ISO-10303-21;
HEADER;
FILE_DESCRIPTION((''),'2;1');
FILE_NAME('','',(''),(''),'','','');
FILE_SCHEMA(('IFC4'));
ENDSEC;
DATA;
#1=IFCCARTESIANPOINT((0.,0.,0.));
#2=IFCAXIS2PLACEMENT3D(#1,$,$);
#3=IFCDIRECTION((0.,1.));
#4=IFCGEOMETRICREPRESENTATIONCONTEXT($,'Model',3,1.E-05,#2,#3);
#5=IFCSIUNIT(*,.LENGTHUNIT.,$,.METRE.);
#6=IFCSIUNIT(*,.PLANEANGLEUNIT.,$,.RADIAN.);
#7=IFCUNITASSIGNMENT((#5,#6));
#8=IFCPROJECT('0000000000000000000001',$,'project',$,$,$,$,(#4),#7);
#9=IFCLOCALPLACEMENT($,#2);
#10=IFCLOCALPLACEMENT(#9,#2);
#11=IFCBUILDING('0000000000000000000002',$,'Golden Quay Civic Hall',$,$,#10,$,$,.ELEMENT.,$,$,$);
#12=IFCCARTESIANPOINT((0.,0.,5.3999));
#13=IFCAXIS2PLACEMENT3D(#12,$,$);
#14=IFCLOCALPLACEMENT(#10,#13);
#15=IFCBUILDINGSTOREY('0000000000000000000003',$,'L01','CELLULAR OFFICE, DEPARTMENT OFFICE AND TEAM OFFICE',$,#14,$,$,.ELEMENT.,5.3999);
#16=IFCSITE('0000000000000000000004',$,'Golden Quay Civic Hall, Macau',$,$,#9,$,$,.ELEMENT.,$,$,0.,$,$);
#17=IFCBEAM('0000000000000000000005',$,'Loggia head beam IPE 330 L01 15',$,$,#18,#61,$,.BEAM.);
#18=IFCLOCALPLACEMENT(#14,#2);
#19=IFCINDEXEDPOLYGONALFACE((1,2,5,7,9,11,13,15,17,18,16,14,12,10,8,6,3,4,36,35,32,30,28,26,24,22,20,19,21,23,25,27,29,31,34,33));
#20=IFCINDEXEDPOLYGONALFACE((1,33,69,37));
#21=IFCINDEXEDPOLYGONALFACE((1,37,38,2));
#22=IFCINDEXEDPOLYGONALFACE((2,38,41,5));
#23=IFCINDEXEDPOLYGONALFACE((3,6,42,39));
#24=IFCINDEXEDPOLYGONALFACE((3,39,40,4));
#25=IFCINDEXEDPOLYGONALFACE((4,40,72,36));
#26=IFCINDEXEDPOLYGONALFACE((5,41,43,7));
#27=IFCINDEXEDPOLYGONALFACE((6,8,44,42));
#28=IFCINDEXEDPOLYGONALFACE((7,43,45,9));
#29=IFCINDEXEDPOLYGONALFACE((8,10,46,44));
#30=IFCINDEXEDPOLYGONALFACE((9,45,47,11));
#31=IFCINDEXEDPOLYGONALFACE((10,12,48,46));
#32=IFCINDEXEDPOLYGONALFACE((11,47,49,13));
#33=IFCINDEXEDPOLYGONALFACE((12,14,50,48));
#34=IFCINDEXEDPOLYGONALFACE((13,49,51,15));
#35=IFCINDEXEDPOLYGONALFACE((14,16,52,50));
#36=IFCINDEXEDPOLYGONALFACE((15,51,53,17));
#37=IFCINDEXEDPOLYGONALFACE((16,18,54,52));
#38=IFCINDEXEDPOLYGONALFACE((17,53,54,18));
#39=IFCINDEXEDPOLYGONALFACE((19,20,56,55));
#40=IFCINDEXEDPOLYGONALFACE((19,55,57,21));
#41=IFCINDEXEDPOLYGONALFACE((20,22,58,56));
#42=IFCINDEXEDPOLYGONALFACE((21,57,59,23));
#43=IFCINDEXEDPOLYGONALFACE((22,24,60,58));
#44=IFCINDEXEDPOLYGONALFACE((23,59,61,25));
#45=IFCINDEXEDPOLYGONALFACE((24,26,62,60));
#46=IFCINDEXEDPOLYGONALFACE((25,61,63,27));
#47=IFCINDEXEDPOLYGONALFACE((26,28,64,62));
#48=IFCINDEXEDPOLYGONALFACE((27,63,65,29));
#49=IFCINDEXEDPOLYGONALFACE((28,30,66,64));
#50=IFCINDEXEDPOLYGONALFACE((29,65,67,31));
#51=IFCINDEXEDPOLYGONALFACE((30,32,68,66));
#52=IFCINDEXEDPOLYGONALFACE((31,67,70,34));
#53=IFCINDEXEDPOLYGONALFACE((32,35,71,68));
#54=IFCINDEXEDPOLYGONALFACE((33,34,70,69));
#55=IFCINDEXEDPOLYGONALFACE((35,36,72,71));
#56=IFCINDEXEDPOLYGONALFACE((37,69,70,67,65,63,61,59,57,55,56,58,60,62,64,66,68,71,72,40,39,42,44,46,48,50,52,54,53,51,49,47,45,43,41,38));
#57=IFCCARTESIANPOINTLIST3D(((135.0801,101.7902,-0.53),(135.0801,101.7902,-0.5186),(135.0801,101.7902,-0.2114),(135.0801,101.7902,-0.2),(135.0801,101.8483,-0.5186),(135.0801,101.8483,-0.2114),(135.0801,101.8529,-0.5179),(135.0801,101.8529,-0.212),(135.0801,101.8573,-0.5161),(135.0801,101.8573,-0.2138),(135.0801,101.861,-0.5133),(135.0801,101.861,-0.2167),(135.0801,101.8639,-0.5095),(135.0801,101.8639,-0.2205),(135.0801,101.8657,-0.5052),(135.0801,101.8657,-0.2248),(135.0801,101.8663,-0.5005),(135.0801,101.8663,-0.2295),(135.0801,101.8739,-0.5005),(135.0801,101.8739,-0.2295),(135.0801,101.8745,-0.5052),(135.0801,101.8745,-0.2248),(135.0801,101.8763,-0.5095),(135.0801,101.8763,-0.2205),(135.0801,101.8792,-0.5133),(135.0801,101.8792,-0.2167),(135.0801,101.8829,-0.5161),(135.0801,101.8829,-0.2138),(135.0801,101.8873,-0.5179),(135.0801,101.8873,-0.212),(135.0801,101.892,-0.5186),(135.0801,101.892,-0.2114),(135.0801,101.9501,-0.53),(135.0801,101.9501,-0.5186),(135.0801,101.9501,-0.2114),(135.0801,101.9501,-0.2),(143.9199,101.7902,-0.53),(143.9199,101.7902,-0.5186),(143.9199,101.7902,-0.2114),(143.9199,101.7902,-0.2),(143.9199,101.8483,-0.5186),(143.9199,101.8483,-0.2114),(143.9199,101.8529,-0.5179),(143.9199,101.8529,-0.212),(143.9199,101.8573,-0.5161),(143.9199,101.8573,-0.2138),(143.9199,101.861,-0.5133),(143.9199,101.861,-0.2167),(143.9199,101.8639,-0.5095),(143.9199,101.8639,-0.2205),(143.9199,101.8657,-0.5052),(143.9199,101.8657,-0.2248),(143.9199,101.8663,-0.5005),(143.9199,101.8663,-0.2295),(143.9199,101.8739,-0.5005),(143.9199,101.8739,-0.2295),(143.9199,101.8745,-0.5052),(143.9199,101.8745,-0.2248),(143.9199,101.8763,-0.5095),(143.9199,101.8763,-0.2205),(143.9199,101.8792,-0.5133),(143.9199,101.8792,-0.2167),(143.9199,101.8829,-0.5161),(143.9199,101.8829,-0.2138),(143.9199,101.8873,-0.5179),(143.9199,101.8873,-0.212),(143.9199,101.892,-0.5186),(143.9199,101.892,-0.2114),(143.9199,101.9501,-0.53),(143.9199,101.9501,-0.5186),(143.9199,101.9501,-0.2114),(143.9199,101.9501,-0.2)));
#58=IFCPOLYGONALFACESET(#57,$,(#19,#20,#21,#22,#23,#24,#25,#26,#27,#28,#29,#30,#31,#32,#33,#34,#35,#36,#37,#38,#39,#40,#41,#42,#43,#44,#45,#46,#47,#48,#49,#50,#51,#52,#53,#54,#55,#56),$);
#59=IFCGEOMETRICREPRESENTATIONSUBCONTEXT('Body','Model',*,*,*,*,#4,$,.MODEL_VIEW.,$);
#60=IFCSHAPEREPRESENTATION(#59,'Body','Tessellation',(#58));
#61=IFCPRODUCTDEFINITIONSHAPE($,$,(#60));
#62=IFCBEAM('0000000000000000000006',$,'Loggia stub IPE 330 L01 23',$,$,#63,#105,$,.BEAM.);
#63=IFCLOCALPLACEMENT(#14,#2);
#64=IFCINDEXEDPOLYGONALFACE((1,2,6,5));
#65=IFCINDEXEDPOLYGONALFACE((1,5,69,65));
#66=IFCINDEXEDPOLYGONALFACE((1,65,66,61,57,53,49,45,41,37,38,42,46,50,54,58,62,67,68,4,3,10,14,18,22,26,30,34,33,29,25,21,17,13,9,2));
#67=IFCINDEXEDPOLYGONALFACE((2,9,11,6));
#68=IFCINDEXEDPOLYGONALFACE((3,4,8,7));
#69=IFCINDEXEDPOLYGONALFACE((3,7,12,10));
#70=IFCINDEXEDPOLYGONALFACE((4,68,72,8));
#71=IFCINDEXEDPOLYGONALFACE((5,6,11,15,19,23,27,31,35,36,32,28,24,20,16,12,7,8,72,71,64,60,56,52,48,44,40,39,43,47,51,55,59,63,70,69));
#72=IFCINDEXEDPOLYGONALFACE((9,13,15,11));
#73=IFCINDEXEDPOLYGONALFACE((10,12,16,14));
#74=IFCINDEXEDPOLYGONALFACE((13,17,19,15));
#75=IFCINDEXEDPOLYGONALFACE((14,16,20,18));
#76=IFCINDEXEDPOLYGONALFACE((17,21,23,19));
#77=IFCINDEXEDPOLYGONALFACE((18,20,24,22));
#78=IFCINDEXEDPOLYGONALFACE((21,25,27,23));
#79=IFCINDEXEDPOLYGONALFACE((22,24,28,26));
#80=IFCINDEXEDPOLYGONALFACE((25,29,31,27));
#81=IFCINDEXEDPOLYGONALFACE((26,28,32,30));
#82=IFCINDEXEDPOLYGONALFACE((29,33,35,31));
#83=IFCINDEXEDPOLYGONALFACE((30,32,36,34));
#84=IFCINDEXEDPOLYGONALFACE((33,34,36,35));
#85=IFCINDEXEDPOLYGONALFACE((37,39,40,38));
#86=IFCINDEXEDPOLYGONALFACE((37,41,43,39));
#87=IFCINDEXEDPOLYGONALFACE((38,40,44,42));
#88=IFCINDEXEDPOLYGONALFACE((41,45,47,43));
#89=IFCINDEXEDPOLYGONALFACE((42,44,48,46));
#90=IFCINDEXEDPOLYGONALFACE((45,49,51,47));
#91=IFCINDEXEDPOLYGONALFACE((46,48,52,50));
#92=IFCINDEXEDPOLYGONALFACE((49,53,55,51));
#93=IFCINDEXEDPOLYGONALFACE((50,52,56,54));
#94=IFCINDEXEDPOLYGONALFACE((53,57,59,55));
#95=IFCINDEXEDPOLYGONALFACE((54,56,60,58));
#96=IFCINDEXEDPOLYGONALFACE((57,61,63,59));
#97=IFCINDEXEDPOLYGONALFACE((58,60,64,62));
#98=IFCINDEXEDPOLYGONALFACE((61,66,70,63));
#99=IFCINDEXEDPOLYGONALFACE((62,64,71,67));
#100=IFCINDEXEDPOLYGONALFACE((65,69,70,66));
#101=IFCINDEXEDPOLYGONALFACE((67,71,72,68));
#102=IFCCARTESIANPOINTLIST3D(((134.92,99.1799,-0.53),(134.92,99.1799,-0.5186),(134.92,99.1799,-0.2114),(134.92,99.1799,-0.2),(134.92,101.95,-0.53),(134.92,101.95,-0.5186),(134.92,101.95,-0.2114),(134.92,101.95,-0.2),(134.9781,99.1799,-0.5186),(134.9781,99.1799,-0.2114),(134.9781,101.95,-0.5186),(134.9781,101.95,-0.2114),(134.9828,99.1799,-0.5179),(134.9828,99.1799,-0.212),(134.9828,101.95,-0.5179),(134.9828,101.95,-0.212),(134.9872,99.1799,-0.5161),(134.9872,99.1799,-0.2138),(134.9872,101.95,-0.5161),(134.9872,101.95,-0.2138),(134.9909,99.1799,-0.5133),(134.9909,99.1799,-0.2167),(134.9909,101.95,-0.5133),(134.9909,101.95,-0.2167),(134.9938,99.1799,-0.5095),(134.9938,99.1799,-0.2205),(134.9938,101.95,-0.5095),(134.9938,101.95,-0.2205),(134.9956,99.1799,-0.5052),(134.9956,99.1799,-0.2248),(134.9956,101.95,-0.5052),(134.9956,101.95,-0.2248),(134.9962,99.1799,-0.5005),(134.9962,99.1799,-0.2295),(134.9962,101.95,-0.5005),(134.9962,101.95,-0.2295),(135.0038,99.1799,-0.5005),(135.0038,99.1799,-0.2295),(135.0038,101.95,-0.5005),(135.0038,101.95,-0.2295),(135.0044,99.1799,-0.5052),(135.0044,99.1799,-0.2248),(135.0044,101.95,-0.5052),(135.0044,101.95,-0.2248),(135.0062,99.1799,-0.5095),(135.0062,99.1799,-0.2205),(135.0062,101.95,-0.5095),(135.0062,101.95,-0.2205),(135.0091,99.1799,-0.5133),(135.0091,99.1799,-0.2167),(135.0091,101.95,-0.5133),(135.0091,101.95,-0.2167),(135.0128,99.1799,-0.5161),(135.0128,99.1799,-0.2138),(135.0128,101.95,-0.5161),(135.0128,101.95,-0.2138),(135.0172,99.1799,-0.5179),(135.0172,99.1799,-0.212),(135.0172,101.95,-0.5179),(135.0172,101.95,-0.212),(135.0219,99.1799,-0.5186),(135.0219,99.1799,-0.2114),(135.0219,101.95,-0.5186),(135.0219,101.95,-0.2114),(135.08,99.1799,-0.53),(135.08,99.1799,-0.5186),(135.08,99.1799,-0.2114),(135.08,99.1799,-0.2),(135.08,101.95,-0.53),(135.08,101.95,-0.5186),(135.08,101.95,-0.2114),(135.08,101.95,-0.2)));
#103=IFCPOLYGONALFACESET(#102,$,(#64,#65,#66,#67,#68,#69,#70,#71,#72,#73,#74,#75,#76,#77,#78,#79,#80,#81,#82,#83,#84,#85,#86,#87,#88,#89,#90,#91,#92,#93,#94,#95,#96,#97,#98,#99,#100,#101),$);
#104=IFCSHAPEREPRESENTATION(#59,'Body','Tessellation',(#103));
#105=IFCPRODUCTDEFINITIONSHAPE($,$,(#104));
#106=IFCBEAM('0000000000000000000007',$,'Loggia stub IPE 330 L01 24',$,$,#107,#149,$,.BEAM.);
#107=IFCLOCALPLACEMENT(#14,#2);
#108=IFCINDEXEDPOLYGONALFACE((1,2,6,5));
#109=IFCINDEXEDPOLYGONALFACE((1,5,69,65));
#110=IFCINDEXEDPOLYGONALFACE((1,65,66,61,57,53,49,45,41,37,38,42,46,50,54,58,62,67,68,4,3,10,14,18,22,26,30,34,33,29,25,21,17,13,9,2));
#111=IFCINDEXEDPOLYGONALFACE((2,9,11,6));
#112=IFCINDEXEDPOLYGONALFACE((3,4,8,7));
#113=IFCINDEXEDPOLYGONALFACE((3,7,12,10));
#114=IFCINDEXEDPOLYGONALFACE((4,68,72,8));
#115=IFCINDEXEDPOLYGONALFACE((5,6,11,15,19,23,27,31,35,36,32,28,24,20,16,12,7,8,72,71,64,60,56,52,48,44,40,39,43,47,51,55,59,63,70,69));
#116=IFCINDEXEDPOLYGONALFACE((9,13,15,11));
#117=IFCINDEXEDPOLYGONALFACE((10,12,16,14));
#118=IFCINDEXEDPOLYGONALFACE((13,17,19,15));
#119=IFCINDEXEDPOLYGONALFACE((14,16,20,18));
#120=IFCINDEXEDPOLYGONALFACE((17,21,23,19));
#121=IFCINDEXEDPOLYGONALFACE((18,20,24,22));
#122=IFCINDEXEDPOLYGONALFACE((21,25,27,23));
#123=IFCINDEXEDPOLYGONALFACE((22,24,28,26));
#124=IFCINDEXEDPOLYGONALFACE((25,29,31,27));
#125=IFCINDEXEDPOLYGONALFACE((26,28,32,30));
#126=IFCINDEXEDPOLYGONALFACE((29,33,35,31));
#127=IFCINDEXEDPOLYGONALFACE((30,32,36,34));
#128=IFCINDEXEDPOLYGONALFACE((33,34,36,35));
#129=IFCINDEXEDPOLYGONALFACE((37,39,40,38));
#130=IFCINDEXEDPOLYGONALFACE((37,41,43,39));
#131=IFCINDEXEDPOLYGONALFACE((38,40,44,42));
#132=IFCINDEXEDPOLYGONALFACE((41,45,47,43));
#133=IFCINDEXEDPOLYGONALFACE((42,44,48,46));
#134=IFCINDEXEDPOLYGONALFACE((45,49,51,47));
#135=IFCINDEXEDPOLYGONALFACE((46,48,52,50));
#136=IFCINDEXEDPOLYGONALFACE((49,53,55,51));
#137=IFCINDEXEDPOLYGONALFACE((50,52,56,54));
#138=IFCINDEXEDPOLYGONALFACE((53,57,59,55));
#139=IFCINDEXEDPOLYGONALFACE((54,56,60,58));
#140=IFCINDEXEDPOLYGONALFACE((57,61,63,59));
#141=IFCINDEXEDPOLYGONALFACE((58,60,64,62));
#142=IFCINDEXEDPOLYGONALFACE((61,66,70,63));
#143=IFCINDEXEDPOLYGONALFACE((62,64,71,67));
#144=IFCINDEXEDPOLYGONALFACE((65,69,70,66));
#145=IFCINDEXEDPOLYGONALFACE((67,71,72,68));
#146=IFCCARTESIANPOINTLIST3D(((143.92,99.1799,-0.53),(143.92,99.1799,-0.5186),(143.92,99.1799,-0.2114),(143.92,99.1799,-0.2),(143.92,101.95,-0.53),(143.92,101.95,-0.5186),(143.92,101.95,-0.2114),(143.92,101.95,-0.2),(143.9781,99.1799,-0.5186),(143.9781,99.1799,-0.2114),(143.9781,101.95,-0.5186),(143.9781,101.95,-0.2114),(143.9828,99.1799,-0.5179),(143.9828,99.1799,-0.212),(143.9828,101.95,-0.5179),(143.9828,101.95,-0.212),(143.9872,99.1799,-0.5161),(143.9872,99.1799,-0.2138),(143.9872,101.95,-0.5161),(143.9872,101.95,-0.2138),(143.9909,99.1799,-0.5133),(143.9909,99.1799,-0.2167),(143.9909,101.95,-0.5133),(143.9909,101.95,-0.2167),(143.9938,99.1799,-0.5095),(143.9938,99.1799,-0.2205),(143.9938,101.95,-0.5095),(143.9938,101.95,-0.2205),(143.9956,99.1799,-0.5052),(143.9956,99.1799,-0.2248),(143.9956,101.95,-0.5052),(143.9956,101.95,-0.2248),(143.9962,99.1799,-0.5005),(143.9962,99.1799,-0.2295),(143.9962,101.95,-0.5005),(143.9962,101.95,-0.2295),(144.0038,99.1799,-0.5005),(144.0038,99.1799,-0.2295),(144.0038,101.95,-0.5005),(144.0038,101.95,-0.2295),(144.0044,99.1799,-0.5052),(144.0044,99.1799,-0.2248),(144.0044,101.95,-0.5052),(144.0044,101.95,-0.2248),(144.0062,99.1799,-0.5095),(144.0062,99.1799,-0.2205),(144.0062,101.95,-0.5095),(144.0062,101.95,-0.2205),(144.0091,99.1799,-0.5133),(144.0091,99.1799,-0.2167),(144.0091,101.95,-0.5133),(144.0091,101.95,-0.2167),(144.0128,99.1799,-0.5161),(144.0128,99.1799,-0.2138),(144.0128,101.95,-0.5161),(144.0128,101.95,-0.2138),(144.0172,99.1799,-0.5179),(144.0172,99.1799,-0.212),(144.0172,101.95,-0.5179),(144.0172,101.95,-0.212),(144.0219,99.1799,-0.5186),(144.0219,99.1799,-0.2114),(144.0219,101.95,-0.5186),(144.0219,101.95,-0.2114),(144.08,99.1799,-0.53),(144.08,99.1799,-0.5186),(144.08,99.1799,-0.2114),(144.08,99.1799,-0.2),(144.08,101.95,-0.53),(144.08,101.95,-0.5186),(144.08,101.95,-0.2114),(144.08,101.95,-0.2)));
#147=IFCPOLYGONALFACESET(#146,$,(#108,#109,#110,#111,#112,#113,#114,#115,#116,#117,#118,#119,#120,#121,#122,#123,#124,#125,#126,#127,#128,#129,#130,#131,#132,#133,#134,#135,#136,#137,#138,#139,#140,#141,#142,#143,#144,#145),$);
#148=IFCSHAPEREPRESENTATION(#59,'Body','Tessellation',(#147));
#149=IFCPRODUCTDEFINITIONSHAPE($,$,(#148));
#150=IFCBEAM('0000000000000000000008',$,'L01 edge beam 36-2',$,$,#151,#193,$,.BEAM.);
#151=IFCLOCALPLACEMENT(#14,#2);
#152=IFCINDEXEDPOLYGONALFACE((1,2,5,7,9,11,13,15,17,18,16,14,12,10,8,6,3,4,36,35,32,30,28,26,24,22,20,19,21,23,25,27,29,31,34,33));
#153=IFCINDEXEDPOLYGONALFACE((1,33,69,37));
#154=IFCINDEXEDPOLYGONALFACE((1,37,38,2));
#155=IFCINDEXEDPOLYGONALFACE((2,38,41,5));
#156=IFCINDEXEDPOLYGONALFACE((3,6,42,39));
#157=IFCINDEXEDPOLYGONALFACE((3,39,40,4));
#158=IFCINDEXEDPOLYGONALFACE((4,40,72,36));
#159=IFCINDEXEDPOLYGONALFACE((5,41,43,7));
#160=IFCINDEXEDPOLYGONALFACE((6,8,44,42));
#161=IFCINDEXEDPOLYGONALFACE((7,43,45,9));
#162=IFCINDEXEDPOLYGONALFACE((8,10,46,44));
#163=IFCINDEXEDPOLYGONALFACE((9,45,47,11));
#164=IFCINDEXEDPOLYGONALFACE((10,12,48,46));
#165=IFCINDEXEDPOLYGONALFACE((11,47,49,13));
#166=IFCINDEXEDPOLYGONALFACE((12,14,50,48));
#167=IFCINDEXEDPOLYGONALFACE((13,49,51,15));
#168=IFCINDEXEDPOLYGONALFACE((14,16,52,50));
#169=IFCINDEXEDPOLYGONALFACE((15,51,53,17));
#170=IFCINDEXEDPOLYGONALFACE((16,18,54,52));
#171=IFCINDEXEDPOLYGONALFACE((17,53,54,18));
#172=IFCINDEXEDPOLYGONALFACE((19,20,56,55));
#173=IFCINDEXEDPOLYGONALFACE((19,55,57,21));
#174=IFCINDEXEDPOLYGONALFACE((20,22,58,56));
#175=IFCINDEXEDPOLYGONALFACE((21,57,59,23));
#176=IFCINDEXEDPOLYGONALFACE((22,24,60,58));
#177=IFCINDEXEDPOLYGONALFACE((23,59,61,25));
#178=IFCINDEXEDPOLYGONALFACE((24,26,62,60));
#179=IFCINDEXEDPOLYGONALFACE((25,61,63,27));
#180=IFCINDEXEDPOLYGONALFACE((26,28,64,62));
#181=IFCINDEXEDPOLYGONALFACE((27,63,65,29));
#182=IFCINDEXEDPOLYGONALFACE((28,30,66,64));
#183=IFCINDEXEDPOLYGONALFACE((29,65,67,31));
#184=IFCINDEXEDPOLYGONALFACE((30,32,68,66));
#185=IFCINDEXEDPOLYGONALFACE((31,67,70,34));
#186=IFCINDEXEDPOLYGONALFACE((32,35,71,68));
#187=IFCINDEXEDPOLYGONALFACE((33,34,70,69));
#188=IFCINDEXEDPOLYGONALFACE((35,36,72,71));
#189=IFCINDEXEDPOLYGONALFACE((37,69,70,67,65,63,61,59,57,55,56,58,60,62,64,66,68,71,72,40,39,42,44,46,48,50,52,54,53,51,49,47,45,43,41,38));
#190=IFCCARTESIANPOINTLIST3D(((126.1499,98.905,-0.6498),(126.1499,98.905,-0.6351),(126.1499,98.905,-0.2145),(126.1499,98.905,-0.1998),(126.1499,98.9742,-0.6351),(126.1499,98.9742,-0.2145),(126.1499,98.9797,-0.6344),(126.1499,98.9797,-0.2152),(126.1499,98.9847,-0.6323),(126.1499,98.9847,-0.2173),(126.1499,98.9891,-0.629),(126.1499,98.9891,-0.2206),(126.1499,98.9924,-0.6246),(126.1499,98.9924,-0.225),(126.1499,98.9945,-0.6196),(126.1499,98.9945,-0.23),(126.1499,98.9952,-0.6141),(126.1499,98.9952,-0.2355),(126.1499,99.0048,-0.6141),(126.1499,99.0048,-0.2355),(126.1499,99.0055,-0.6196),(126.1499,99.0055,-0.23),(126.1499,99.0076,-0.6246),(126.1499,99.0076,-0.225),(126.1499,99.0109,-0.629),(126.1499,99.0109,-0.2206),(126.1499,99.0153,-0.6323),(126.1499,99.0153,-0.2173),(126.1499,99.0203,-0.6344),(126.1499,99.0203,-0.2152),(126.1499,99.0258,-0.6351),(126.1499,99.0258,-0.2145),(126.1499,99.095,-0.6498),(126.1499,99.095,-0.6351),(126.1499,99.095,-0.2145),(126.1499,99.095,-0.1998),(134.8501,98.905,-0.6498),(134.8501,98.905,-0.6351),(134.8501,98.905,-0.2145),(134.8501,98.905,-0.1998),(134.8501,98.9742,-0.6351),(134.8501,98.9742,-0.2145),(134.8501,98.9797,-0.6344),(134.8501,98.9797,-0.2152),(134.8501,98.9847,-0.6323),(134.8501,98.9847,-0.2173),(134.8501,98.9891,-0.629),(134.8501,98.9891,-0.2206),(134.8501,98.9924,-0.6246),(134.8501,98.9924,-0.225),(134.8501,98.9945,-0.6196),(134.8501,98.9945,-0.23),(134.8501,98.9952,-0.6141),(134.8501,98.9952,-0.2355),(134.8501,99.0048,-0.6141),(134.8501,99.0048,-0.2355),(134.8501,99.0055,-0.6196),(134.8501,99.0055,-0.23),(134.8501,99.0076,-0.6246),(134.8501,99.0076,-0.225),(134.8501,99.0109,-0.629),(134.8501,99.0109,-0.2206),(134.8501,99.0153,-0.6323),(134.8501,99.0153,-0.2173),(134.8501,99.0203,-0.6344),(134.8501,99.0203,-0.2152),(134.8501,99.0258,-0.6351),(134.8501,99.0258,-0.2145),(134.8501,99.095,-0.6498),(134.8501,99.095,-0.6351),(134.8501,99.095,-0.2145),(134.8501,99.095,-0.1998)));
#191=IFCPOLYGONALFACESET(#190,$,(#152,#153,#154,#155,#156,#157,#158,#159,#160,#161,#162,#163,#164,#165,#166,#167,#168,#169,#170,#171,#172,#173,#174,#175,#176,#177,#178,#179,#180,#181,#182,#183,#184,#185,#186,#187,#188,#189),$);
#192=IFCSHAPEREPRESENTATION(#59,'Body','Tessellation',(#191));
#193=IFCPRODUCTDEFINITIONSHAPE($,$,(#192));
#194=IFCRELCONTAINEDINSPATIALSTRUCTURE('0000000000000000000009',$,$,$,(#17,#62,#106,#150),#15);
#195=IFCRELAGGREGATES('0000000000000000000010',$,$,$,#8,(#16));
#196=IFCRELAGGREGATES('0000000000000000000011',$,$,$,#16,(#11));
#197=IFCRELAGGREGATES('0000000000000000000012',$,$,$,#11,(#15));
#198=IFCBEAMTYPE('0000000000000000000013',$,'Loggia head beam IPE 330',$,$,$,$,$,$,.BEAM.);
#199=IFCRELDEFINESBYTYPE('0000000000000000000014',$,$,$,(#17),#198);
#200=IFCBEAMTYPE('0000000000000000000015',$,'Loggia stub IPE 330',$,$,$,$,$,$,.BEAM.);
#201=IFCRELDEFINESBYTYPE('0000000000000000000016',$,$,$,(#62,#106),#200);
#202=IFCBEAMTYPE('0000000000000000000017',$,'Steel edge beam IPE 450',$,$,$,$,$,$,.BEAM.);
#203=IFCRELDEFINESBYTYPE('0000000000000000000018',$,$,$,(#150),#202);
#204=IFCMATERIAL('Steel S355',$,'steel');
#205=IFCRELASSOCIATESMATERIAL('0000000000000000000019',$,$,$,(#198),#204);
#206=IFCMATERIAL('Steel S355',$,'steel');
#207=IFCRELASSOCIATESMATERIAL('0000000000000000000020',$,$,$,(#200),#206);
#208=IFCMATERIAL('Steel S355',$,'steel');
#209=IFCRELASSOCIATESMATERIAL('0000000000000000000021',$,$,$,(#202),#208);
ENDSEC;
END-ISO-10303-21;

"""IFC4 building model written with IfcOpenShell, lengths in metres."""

from ifc_helpers import new_model, si_unit, direction, frame, origin, origin_2d, place, context, subcontext, project, spatial, i_section, extrude, material, material_profile, profile_set, type_object, element, save


model = new_model("IFC4")

# Units and contexts
model_context = context("Model", 3, precision=1e-05, world=origin(), true_north=direction((0.0, 1.0)))
body_context = subcontext(model_context, "Body", "Model", "MODEL_VIEW")
ifc_project = project(units=[si_unit("LENGTHUNIT", "METRE"), si_unit("PLANEANGLEUNIT", "RADIAN")], contexts=[model_context])

# Site, building, storey
site_placement = place(None, origin())
site = spatial("IfcSite", under=ifc_project, at=site_placement, Name="Golden Quay Civic Hall, Macau", CompositionType="ELEMENT", RefElevation=0.0)
building_placement = place(site_placement, origin())
building = spatial("IfcBuilding", under=site, at=building_placement, Name="Golden Quay Civic Hall", CompositionType="ELEMENT")
storey_placement = place(building_placement, frame((0.0, 0.0, 5.3999)))
storey = spatial("IfcBuildingStorey", under=building, at=storey_placement, Name="L01", Description="CELLULAR OFFICE, DEPARTMENT OFFICE AND TEAM OFFICE", CompositionType="ELEMENT", Elevation=5.3999)

# Beams
ifc_material_1 = material(Name="Steel S355", Category="steel")
ifc_material_profile_1 = material_profile(ifc_material_1, i_section(OverallWidth=0.1599, OverallDepth=0.3301, WebThickness=0.0076, FlangeThickness=0.0115, FilletRadius=0.0181, at=origin_2d()), Name="IPE 330")
ifc_profile_set_1 = profile_set([ifc_material_profile_1], Name="Steel S355")
beam_type_1 = type_object("IfcBeamType", Name="Loggia head beam IPE 330", PredefinedType="BEAM", material=ifc_profile_set_1)
beam_placement = place(storey_placement, frame((135.0801, 101.8701, -0.365), z_axis=(1.0, 0.0, 0.0), x_axis=(0.0, 1.0, 0.0)))
element("IfcBeam", 1, at=beam_placement, inside=storey, type_object=beam_type_1, Name="Loggia head beam IPE 330 L01 15", PredefinedType="BEAM", context=body_context, shape_type="SweptSolid", body=[
    extrude(i_section(OverallWidth=0.1599, OverallDepth=0.3301, WebThickness=0.0076, FlangeThickness=0.0115, FilletRadius=0.0181, at=origin_2d()), origin(), (0.0, 0.0, 1.0), 8.8398),
])
ifc_material_2 = material(Name="Steel S355", Category="steel")
ifc_material_profile_2 = material_profile(ifc_material_2, i_section(OverallWidth=0.1599, OverallDepth=0.3301, WebThickness=0.0076, FlangeThickness=0.0115, FilletRadius=0.0181, at=origin_2d()), Name="IPE 330")
ifc_profile_set_2 = profile_set([ifc_material_profile_2], Name="Steel S355")
beam_type_2 = type_object("IfcBeamType", Name="Loggia stub IPE 330", PredefinedType="BEAM", material=ifc_profile_set_2)
for number, where, z_axis, x_axis, name in (
    (2, (135.0, 99.1799, -0.365), (0.0, 1.0, 0.0), (-1.0, 0.0, 0.0), "Loggia stub IPE 330 L01 23"),
    (3, (144.0, 99.1799, -0.365), (0.0, 1.0, 0.0), (-1.0, 0.0, 0.0), "Loggia stub IPE 330 L01 24"),
):
    element("IfcBeam", number, at=place(storey_placement, frame(where, z_axis=z_axis, x_axis=x_axis)), inside=storey, type_object=beam_type_2, Name=name, PredefinedType="BEAM", context=body_context, shape_type="SweptSolid", body=[
        extrude(i_section(OverallWidth=0.1599, OverallDepth=0.3301, WebThickness=0.0076, FlangeThickness=0.0115, FilletRadius=0.0181, at=origin_2d()), origin(), (0.0, 0.0, 1.0), 2.77),
    ])
ifc_material_3 = material(Name="Steel S355", Category="steel")
ifc_material_profile_3 = material_profile(ifc_material_3, i_section(OverallWidth=0.1899, OverallDepth=0.45, WebThickness=0.0095, FlangeThickness=0.0146, FilletRadius=0.021, at=origin_2d()), Name="IPE 450")
ifc_profile_set_3 = profile_set([ifc_material_profile_3], Name="Steel S355")
beam_type_3 = type_object("IfcBeamType", Name="Steel edge beam IPE 450", PredefinedType="BEAM", material=ifc_profile_set_3)
for number, where, z_axis, x_axis, name in (
    (4, (126.1499, 99.0, -0.4248), (1.0, 0.0, 0.0), (0.0, 1.0, 0.0), "L01 edge beam 36-2"),
):
    element("IfcBeam", number, at=place(storey_placement, frame(where, z_axis=z_axis, x_axis=x_axis)), inside=storey, type_object=beam_type_3, Name=name, PredefinedType="BEAM", context=body_context, shape_type="SweptSolid", body=[
        extrude(i_section(OverallWidth=0.1899, OverallDepth=0.45, WebThickness=0.0095, FlangeThickness=0.0146, FilletRadius=0.021, at=origin_2d()), origin(), (0.0, 0.0, 1.0), 8.7002),
    ])

save(model, "model.ifc")
